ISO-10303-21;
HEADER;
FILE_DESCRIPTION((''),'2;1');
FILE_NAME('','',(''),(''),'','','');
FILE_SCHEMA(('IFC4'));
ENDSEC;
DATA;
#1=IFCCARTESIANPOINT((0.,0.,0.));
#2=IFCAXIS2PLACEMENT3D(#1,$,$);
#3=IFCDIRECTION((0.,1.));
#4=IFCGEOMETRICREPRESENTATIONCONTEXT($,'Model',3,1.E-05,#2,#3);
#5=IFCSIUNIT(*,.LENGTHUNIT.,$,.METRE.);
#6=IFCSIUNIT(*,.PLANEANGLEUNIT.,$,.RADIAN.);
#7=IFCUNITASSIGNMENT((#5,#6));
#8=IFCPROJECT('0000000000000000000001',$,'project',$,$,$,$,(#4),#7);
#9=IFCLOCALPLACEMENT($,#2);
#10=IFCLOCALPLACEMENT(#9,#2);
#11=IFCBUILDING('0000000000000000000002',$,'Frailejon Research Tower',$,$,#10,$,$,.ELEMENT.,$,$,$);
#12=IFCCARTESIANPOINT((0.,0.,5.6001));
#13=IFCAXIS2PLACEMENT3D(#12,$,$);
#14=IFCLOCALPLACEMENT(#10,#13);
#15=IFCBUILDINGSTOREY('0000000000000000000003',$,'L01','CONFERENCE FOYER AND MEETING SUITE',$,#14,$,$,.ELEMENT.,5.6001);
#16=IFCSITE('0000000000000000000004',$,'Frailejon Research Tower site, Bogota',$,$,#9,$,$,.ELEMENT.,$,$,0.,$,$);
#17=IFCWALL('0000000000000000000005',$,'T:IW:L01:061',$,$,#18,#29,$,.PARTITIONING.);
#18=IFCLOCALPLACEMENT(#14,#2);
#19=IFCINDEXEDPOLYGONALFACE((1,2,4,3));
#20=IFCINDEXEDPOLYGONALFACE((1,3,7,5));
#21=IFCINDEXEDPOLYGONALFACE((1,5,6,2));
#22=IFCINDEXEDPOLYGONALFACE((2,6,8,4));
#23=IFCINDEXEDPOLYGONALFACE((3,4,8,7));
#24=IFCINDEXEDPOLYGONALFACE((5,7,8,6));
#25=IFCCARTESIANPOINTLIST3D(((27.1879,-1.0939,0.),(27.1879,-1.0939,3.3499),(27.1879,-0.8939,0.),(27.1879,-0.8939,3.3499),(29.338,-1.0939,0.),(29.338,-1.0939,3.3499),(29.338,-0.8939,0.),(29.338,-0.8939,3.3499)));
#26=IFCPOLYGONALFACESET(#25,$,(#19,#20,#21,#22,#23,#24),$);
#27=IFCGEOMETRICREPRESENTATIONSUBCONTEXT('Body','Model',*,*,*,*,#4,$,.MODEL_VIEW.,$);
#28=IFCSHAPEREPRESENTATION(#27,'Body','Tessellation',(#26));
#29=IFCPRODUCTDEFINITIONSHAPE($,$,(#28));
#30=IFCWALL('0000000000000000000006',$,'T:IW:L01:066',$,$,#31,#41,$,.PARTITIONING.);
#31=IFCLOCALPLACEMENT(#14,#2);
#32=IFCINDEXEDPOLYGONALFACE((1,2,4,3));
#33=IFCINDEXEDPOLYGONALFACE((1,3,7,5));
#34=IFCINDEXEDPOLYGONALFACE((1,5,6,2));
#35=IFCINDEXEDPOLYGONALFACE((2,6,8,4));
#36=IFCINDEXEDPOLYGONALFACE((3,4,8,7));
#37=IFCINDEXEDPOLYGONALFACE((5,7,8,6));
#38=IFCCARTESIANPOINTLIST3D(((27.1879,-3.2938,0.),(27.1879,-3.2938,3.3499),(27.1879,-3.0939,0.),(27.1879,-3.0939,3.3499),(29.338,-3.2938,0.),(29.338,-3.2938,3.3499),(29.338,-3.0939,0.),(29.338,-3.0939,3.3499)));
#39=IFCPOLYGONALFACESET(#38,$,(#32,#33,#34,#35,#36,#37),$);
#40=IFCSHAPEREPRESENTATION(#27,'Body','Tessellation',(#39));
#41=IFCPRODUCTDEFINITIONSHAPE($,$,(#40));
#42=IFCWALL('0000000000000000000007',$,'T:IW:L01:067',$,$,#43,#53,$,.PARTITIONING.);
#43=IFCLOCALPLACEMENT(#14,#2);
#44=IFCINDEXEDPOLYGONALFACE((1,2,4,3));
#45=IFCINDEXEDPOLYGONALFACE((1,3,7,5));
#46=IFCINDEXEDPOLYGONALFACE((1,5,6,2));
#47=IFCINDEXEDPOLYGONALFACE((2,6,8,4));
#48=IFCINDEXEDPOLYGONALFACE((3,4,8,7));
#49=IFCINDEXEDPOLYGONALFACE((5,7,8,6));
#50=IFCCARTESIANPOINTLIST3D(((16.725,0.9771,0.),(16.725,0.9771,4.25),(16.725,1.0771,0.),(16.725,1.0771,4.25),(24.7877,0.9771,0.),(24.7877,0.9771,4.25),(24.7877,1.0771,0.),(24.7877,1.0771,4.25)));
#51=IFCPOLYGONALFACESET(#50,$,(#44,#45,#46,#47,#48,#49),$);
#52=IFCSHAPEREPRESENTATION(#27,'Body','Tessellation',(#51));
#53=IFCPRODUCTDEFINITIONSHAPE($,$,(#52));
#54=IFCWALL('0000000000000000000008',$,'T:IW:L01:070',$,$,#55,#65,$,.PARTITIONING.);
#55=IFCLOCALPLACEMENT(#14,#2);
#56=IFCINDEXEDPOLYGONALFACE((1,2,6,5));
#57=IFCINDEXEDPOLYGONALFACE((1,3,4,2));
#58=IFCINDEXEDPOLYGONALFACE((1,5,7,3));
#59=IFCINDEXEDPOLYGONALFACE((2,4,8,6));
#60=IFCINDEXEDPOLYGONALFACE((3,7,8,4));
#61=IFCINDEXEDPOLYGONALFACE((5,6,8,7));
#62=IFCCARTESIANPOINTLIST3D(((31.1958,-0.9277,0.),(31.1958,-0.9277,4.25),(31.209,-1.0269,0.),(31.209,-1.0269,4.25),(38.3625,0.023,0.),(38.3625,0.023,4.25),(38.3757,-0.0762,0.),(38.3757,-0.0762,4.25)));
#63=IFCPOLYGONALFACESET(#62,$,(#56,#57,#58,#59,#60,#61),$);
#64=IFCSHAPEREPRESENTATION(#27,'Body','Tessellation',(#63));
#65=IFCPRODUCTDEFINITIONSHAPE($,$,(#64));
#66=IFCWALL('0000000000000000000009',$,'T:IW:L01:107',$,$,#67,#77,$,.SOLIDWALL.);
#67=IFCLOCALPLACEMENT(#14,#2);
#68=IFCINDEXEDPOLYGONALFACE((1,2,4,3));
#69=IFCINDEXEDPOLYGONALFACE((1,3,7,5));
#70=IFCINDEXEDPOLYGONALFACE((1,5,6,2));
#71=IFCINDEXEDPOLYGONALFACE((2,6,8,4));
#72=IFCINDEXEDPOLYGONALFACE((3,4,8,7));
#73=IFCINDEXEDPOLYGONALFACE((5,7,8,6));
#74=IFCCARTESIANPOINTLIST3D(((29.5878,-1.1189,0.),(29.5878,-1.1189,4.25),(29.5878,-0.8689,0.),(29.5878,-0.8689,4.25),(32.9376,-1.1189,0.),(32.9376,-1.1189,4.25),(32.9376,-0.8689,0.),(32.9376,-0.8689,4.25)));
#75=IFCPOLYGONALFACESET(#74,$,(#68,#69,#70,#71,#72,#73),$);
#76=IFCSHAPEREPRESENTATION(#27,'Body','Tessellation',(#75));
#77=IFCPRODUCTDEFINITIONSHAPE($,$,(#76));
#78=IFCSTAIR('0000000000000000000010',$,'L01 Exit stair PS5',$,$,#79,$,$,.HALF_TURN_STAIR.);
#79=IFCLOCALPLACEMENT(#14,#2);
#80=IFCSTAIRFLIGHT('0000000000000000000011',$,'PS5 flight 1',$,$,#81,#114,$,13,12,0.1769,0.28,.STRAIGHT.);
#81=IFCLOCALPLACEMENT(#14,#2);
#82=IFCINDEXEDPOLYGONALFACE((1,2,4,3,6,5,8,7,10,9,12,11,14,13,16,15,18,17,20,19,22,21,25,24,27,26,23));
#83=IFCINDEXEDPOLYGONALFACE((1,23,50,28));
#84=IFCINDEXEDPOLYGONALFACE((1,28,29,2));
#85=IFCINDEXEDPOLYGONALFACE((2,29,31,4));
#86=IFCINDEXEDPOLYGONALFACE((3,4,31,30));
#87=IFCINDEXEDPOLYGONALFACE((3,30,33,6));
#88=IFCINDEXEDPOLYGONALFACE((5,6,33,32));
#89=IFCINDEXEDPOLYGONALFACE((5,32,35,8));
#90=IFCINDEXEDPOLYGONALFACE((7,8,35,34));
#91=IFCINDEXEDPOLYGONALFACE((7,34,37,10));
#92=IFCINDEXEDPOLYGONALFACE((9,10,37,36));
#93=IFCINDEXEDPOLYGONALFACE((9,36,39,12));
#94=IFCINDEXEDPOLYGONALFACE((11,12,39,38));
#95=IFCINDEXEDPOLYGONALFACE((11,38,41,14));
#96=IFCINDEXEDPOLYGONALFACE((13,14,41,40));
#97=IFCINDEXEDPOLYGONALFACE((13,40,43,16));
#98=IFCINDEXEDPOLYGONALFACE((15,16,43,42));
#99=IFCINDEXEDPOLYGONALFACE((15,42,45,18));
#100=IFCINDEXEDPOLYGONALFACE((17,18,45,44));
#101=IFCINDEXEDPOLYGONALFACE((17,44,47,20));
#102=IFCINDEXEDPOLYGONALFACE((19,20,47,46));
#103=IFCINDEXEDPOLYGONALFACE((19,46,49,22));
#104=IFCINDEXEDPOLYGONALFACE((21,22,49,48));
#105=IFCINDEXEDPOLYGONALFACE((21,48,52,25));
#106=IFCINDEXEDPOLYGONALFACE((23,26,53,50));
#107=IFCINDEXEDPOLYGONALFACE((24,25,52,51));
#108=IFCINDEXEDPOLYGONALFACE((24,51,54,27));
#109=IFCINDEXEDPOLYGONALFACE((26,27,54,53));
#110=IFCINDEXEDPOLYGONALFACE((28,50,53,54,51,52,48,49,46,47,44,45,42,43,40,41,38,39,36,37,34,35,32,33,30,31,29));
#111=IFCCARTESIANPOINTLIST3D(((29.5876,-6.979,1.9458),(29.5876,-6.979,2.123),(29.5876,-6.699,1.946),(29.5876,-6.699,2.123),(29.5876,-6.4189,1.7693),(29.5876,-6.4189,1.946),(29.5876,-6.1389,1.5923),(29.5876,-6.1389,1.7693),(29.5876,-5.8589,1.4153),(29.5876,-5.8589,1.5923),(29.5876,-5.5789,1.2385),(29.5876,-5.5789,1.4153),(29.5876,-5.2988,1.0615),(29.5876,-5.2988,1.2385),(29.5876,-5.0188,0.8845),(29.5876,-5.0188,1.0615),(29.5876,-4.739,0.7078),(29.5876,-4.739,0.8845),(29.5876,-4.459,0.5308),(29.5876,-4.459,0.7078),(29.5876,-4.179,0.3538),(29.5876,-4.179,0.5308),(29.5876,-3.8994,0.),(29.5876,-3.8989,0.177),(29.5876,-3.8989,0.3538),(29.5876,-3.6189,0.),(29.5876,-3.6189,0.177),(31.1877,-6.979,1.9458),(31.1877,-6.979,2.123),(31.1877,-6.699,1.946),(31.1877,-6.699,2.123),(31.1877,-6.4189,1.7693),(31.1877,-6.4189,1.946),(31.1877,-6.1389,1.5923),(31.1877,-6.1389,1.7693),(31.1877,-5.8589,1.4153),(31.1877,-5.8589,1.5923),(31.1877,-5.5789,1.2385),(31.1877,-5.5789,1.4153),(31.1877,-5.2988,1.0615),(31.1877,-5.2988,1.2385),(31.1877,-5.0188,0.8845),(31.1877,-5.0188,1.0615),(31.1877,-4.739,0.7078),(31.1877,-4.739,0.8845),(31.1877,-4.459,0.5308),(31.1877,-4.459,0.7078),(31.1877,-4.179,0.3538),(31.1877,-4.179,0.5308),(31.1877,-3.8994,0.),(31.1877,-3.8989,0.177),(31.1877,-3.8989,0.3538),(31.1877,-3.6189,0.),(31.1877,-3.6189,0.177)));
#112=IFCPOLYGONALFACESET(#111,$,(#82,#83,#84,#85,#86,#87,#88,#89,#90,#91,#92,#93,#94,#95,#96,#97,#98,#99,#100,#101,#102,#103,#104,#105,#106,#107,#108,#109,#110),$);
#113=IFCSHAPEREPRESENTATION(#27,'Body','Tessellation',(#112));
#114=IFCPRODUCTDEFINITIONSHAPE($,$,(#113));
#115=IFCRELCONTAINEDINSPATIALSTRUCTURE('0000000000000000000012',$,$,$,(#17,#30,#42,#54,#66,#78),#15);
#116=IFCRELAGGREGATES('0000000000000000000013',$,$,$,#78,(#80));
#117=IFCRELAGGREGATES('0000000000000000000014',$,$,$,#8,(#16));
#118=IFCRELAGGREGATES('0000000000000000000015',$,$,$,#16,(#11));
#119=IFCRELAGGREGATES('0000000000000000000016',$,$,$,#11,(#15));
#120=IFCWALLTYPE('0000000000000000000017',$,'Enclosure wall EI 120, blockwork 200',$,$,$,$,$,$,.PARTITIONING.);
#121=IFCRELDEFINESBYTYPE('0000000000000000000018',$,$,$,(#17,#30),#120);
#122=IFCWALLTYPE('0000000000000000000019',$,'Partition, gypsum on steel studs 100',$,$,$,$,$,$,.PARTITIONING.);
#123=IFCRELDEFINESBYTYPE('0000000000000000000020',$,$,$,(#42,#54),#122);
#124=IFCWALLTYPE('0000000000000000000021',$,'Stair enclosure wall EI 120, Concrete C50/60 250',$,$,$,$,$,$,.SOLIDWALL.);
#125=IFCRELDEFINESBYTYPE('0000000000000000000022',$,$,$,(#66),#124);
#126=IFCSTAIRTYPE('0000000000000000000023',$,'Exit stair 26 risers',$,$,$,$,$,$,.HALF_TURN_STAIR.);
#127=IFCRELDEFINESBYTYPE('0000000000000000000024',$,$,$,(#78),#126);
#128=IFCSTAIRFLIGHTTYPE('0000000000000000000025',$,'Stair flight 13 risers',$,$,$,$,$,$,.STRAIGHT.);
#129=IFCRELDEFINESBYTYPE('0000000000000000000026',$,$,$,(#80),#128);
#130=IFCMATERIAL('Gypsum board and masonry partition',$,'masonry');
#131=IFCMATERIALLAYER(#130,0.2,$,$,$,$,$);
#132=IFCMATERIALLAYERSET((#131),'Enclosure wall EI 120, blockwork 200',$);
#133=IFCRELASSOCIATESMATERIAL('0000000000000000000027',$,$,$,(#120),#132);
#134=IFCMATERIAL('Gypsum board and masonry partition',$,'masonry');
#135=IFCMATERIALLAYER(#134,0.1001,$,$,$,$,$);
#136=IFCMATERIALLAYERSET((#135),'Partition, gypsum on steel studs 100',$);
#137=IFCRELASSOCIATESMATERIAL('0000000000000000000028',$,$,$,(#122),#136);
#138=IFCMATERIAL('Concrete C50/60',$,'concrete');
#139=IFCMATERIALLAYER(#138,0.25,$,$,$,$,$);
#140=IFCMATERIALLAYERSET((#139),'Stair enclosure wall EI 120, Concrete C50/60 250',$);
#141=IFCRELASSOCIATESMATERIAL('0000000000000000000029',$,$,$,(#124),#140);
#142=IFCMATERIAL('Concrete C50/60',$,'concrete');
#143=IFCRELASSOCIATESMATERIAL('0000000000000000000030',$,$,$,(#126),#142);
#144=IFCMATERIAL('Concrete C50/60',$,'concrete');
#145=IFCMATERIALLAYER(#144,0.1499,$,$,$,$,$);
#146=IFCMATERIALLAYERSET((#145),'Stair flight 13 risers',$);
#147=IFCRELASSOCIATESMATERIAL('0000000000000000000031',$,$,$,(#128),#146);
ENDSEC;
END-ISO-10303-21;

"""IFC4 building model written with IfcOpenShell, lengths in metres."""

from ifc_helpers import new_model, si_unit, direction, frame, frame_2d, origin, place, context, subcontext, project, spatial, polyline, rectangle, outline, extrude, material, layer, layer_set, type_object, element, aggregate, save


model = new_model("IFC4")

# Units and contexts
model_context = context("Model", 3, precision=1e-05, world=origin(), true_north=direction((0.0, 1.0)))
body_context = subcontext(model_context, "Body", "Model", "MODEL_VIEW")
ifc_project = project(units=[si_unit("LENGTHUNIT", "METRE"), si_unit("PLANEANGLEUNIT", "RADIAN")], contexts=[model_context])

# Site, building, storey
site_placement = place(None, origin())
site = spatial("IfcSite", under=ifc_project, at=site_placement, Name="Frailejon Research Tower site, Bogota", CompositionType="ELEMENT", RefElevation=0.0)
building_placement = place(site_placement, origin())
building = spatial("IfcBuilding", under=site, at=building_placement, Name="Frailejon Research Tower", CompositionType="ELEMENT")
storey_placement = place(building_placement, frame((0.0, 0.0, 5.6001)))
storey = spatial("IfcBuildingStorey", under=building, at=storey_placement, Name="L01", Description="CONFERENCE FOYER AND MEETING SUITE", CompositionType="ELEMENT", Elevation=5.6001)

# Shared definitions
ifc_material_1 = material(Name="Gypsum board and masonry partition", Category="masonry")
ifc_layer_1 = layer(ifc_material_1, 0.2)
ifc_layer_set_1 = layer_set([ifc_layer_1], Name="Enclosure wall EI 120, blockwork 200")
wall_type_1 = type_object("IfcWallType", Name="Enclosure wall EI 120, blockwork 200", PredefinedType="PARTITIONING", material=ifc_layer_set_1)

# Walls
for number, where, z_axis, x_axis, name in (
    (1, (27.1877, -0.9939, 0.0), (0.0, 0.0, 1.0), (1.0, 0.0, 0.0), "T:IW:L01:061"),
    (2, (27.1877, -3.1938, 0.0), (0.0, 0.0, 1.0), (1.0, 0.0, 0.0), "T:IW:L01:066"),
):
    element("IfcWall", number, at=place(storey_placement, frame(where, z_axis=z_axis, x_axis=x_axis)), inside=storey, type_object=wall_type_1, Name=name, PredefinedType="PARTITIONING", context=body_context, shape_type="SweptSolid", body=[
        extrude(rectangle(XDim=2.1501, YDim=0.2, at=frame_2d((1.0752, 0.0))), origin(), (0.0, 0.0, 1.0), 3.3499),
    ])
ifc_material_2 = material(Name="Gypsum board and masonry partition", Category="masonry")
ifc_layer_2 = layer(ifc_material_2, 0.1001)
ifc_layer_set_2 = layer_set([ifc_layer_2], Name="Partition, gypsum on steel studs 100")
wall_type_2 = type_object("IfcWallType", Name="Partition, gypsum on steel studs 100", PredefinedType="PARTITIONING", material=ifc_layer_set_2)
wall_1_placement = place(storey_placement, frame((16.7251, 1.0271, 0.0), z_axis=(0.0, 0.0, 1.0), x_axis=(1.0, 0.0, 0.0)))
element("IfcWall", 3, at=wall_1_placement, inside=storey, type_object=wall_type_2, Name="T:IW:L01:067", PredefinedType="PARTITIONING", context=body_context, shape_type="SweptSolid", body=[
    extrude(rectangle(XDim=8.0627, YDim=0.1001, at=frame_2d((4.0312, 0.0))), origin(), (0.0, 0.0, 1.0), 4.25),
])
wall_2_placement = place(storey_placement, frame((31.2024, -0.9773, 0.0), z_axis=(0.0, 0.0, 1.0), x_axis=(0.991316, 0.1315, 0.0)))
element("IfcWall", 4, at=wall_2_placement, inside=storey, type_object=wall_type_2, Name="T:IW:L01:070", PredefinedType="PARTITIONING", context=body_context, shape_type="SweptSolid", body=[
    extrude(rectangle(XDim=7.2295, YDim=0.1001, at=frame_2d((3.6147, 0.0))), origin(), (0.0, 0.0, 1.0), 4.25),
])
ifc_material_3 = material(Name="Concrete C50/60", Category="concrete")
ifc_layer_3 = layer(ifc_material_3, 0.25)
ifc_layer_set_3 = layer_set([ifc_layer_3], Name="Stair enclosure wall EI 120, Concrete C50/60 250")
wall_type_3 = type_object("IfcWallType", Name="Stair enclosure wall EI 120, Concrete C50/60 250", PredefinedType="SOLIDWALL", material=ifc_layer_set_3)
wall_3_placement = place(storey_placement, frame((29.5879, -0.9939, 0.0), z_axis=(0.0, 0.0, 1.0), x_axis=(1.0, 0.0, 0.0)))
element("IfcWall", 5, at=wall_3_placement, inside=storey, type_object=wall_type_3, Name="T:IW:L01:107", PredefinedType="SOLIDWALL", context=body_context, shape_type="SweptSolid", body=[
    extrude(rectangle(XDim=3.3499, YDim=0.25, at=frame_2d((1.6748, 0.0))), origin(), (0.0, 0.0, 1.0), 4.25),
])

# Stair, stair flight
ifc_material_4 = material(Name="Concrete C50/60", Category="concrete")
stair_type = type_object("IfcStairType", Name="Exit stair 26 risers", PredefinedType="HALF_TURN_STAIR", material=ifc_material_4)
stair_placement = place(storey_placement, origin())
stair = element("IfcStair", 6, at=stair_placement, inside=storey, type_object=stair_type, Name="L01 Exit stair PS5", PredefinedType="HALF_TURN_STAIR")
ifc_material_5 = material(Name="Concrete C50/60", Category="concrete")
ifc_layer_4 = layer(ifc_material_5, 0.1499)
ifc_layer_set_4 = layer_set([ifc_layer_4], Name="Stair flight 13 risers")
stair_flight_type = type_object("IfcStairFlightType", Name="Stair flight 13 risers", PredefinedType="STRAIGHT", material=ifc_layer_set_4)
stair_flight_placement = place(storey_placement, frame((30.3877, -3.6189, 0.0), z_axis=(0.0, 0.0, 1.0), x_axis=(0.0, -1.0, 0.0)))
stair_flight = element("IfcStairFlight", 7, at=stair_flight_placement, type_object=stair_flight_type, Name="PS5 flight 1", NumberOfRisers=13, NumberOfTreads=12, PredefinedType="STRAIGHT", RiserHeight=0.1769, TreadLength=0.28, context=body_context, shape_type="SweptSolid", body=[
    extrude(outline(polyline([(0.0, 0.0), (0.0, 0.177), (0.28, 0.177), (0.28, 0.3538), (0.5601, 0.3538), (0.5601, 0.5308), (0.8401, 0.5308), (0.8401, 0.7078), (1.1201, 0.7078), (1.1201, 0.8845), (1.3999, 0.8845), (1.3999, 1.0615), (1.6799, 1.0615), (1.6799, 1.2385), (1.96, 1.2385), (1.96, 1.4153), (2.24, 1.4153), (2.24, 1.5923), (2.52, 1.5923), (2.52, 1.7693), (2.8, 1.7693), (2.8, 1.946), (3.0801, 1.946), (3.0801, 2.123), (3.3601, 2.123), (3.3601, 2.3), (3.3601, 1.9458), (0.2805, 0.0), (0.0, 0.0)])), frame((0.0, 0.8, 0.0), z_axis=(0.0, -1.0, 0.0), x_axis=(1.0, 0.0, 0.0)), (0.0, 0.0, 1.0), 1.6001),
])
aggregate(stair, [stair_flight])

save(model, "model.ifc")
